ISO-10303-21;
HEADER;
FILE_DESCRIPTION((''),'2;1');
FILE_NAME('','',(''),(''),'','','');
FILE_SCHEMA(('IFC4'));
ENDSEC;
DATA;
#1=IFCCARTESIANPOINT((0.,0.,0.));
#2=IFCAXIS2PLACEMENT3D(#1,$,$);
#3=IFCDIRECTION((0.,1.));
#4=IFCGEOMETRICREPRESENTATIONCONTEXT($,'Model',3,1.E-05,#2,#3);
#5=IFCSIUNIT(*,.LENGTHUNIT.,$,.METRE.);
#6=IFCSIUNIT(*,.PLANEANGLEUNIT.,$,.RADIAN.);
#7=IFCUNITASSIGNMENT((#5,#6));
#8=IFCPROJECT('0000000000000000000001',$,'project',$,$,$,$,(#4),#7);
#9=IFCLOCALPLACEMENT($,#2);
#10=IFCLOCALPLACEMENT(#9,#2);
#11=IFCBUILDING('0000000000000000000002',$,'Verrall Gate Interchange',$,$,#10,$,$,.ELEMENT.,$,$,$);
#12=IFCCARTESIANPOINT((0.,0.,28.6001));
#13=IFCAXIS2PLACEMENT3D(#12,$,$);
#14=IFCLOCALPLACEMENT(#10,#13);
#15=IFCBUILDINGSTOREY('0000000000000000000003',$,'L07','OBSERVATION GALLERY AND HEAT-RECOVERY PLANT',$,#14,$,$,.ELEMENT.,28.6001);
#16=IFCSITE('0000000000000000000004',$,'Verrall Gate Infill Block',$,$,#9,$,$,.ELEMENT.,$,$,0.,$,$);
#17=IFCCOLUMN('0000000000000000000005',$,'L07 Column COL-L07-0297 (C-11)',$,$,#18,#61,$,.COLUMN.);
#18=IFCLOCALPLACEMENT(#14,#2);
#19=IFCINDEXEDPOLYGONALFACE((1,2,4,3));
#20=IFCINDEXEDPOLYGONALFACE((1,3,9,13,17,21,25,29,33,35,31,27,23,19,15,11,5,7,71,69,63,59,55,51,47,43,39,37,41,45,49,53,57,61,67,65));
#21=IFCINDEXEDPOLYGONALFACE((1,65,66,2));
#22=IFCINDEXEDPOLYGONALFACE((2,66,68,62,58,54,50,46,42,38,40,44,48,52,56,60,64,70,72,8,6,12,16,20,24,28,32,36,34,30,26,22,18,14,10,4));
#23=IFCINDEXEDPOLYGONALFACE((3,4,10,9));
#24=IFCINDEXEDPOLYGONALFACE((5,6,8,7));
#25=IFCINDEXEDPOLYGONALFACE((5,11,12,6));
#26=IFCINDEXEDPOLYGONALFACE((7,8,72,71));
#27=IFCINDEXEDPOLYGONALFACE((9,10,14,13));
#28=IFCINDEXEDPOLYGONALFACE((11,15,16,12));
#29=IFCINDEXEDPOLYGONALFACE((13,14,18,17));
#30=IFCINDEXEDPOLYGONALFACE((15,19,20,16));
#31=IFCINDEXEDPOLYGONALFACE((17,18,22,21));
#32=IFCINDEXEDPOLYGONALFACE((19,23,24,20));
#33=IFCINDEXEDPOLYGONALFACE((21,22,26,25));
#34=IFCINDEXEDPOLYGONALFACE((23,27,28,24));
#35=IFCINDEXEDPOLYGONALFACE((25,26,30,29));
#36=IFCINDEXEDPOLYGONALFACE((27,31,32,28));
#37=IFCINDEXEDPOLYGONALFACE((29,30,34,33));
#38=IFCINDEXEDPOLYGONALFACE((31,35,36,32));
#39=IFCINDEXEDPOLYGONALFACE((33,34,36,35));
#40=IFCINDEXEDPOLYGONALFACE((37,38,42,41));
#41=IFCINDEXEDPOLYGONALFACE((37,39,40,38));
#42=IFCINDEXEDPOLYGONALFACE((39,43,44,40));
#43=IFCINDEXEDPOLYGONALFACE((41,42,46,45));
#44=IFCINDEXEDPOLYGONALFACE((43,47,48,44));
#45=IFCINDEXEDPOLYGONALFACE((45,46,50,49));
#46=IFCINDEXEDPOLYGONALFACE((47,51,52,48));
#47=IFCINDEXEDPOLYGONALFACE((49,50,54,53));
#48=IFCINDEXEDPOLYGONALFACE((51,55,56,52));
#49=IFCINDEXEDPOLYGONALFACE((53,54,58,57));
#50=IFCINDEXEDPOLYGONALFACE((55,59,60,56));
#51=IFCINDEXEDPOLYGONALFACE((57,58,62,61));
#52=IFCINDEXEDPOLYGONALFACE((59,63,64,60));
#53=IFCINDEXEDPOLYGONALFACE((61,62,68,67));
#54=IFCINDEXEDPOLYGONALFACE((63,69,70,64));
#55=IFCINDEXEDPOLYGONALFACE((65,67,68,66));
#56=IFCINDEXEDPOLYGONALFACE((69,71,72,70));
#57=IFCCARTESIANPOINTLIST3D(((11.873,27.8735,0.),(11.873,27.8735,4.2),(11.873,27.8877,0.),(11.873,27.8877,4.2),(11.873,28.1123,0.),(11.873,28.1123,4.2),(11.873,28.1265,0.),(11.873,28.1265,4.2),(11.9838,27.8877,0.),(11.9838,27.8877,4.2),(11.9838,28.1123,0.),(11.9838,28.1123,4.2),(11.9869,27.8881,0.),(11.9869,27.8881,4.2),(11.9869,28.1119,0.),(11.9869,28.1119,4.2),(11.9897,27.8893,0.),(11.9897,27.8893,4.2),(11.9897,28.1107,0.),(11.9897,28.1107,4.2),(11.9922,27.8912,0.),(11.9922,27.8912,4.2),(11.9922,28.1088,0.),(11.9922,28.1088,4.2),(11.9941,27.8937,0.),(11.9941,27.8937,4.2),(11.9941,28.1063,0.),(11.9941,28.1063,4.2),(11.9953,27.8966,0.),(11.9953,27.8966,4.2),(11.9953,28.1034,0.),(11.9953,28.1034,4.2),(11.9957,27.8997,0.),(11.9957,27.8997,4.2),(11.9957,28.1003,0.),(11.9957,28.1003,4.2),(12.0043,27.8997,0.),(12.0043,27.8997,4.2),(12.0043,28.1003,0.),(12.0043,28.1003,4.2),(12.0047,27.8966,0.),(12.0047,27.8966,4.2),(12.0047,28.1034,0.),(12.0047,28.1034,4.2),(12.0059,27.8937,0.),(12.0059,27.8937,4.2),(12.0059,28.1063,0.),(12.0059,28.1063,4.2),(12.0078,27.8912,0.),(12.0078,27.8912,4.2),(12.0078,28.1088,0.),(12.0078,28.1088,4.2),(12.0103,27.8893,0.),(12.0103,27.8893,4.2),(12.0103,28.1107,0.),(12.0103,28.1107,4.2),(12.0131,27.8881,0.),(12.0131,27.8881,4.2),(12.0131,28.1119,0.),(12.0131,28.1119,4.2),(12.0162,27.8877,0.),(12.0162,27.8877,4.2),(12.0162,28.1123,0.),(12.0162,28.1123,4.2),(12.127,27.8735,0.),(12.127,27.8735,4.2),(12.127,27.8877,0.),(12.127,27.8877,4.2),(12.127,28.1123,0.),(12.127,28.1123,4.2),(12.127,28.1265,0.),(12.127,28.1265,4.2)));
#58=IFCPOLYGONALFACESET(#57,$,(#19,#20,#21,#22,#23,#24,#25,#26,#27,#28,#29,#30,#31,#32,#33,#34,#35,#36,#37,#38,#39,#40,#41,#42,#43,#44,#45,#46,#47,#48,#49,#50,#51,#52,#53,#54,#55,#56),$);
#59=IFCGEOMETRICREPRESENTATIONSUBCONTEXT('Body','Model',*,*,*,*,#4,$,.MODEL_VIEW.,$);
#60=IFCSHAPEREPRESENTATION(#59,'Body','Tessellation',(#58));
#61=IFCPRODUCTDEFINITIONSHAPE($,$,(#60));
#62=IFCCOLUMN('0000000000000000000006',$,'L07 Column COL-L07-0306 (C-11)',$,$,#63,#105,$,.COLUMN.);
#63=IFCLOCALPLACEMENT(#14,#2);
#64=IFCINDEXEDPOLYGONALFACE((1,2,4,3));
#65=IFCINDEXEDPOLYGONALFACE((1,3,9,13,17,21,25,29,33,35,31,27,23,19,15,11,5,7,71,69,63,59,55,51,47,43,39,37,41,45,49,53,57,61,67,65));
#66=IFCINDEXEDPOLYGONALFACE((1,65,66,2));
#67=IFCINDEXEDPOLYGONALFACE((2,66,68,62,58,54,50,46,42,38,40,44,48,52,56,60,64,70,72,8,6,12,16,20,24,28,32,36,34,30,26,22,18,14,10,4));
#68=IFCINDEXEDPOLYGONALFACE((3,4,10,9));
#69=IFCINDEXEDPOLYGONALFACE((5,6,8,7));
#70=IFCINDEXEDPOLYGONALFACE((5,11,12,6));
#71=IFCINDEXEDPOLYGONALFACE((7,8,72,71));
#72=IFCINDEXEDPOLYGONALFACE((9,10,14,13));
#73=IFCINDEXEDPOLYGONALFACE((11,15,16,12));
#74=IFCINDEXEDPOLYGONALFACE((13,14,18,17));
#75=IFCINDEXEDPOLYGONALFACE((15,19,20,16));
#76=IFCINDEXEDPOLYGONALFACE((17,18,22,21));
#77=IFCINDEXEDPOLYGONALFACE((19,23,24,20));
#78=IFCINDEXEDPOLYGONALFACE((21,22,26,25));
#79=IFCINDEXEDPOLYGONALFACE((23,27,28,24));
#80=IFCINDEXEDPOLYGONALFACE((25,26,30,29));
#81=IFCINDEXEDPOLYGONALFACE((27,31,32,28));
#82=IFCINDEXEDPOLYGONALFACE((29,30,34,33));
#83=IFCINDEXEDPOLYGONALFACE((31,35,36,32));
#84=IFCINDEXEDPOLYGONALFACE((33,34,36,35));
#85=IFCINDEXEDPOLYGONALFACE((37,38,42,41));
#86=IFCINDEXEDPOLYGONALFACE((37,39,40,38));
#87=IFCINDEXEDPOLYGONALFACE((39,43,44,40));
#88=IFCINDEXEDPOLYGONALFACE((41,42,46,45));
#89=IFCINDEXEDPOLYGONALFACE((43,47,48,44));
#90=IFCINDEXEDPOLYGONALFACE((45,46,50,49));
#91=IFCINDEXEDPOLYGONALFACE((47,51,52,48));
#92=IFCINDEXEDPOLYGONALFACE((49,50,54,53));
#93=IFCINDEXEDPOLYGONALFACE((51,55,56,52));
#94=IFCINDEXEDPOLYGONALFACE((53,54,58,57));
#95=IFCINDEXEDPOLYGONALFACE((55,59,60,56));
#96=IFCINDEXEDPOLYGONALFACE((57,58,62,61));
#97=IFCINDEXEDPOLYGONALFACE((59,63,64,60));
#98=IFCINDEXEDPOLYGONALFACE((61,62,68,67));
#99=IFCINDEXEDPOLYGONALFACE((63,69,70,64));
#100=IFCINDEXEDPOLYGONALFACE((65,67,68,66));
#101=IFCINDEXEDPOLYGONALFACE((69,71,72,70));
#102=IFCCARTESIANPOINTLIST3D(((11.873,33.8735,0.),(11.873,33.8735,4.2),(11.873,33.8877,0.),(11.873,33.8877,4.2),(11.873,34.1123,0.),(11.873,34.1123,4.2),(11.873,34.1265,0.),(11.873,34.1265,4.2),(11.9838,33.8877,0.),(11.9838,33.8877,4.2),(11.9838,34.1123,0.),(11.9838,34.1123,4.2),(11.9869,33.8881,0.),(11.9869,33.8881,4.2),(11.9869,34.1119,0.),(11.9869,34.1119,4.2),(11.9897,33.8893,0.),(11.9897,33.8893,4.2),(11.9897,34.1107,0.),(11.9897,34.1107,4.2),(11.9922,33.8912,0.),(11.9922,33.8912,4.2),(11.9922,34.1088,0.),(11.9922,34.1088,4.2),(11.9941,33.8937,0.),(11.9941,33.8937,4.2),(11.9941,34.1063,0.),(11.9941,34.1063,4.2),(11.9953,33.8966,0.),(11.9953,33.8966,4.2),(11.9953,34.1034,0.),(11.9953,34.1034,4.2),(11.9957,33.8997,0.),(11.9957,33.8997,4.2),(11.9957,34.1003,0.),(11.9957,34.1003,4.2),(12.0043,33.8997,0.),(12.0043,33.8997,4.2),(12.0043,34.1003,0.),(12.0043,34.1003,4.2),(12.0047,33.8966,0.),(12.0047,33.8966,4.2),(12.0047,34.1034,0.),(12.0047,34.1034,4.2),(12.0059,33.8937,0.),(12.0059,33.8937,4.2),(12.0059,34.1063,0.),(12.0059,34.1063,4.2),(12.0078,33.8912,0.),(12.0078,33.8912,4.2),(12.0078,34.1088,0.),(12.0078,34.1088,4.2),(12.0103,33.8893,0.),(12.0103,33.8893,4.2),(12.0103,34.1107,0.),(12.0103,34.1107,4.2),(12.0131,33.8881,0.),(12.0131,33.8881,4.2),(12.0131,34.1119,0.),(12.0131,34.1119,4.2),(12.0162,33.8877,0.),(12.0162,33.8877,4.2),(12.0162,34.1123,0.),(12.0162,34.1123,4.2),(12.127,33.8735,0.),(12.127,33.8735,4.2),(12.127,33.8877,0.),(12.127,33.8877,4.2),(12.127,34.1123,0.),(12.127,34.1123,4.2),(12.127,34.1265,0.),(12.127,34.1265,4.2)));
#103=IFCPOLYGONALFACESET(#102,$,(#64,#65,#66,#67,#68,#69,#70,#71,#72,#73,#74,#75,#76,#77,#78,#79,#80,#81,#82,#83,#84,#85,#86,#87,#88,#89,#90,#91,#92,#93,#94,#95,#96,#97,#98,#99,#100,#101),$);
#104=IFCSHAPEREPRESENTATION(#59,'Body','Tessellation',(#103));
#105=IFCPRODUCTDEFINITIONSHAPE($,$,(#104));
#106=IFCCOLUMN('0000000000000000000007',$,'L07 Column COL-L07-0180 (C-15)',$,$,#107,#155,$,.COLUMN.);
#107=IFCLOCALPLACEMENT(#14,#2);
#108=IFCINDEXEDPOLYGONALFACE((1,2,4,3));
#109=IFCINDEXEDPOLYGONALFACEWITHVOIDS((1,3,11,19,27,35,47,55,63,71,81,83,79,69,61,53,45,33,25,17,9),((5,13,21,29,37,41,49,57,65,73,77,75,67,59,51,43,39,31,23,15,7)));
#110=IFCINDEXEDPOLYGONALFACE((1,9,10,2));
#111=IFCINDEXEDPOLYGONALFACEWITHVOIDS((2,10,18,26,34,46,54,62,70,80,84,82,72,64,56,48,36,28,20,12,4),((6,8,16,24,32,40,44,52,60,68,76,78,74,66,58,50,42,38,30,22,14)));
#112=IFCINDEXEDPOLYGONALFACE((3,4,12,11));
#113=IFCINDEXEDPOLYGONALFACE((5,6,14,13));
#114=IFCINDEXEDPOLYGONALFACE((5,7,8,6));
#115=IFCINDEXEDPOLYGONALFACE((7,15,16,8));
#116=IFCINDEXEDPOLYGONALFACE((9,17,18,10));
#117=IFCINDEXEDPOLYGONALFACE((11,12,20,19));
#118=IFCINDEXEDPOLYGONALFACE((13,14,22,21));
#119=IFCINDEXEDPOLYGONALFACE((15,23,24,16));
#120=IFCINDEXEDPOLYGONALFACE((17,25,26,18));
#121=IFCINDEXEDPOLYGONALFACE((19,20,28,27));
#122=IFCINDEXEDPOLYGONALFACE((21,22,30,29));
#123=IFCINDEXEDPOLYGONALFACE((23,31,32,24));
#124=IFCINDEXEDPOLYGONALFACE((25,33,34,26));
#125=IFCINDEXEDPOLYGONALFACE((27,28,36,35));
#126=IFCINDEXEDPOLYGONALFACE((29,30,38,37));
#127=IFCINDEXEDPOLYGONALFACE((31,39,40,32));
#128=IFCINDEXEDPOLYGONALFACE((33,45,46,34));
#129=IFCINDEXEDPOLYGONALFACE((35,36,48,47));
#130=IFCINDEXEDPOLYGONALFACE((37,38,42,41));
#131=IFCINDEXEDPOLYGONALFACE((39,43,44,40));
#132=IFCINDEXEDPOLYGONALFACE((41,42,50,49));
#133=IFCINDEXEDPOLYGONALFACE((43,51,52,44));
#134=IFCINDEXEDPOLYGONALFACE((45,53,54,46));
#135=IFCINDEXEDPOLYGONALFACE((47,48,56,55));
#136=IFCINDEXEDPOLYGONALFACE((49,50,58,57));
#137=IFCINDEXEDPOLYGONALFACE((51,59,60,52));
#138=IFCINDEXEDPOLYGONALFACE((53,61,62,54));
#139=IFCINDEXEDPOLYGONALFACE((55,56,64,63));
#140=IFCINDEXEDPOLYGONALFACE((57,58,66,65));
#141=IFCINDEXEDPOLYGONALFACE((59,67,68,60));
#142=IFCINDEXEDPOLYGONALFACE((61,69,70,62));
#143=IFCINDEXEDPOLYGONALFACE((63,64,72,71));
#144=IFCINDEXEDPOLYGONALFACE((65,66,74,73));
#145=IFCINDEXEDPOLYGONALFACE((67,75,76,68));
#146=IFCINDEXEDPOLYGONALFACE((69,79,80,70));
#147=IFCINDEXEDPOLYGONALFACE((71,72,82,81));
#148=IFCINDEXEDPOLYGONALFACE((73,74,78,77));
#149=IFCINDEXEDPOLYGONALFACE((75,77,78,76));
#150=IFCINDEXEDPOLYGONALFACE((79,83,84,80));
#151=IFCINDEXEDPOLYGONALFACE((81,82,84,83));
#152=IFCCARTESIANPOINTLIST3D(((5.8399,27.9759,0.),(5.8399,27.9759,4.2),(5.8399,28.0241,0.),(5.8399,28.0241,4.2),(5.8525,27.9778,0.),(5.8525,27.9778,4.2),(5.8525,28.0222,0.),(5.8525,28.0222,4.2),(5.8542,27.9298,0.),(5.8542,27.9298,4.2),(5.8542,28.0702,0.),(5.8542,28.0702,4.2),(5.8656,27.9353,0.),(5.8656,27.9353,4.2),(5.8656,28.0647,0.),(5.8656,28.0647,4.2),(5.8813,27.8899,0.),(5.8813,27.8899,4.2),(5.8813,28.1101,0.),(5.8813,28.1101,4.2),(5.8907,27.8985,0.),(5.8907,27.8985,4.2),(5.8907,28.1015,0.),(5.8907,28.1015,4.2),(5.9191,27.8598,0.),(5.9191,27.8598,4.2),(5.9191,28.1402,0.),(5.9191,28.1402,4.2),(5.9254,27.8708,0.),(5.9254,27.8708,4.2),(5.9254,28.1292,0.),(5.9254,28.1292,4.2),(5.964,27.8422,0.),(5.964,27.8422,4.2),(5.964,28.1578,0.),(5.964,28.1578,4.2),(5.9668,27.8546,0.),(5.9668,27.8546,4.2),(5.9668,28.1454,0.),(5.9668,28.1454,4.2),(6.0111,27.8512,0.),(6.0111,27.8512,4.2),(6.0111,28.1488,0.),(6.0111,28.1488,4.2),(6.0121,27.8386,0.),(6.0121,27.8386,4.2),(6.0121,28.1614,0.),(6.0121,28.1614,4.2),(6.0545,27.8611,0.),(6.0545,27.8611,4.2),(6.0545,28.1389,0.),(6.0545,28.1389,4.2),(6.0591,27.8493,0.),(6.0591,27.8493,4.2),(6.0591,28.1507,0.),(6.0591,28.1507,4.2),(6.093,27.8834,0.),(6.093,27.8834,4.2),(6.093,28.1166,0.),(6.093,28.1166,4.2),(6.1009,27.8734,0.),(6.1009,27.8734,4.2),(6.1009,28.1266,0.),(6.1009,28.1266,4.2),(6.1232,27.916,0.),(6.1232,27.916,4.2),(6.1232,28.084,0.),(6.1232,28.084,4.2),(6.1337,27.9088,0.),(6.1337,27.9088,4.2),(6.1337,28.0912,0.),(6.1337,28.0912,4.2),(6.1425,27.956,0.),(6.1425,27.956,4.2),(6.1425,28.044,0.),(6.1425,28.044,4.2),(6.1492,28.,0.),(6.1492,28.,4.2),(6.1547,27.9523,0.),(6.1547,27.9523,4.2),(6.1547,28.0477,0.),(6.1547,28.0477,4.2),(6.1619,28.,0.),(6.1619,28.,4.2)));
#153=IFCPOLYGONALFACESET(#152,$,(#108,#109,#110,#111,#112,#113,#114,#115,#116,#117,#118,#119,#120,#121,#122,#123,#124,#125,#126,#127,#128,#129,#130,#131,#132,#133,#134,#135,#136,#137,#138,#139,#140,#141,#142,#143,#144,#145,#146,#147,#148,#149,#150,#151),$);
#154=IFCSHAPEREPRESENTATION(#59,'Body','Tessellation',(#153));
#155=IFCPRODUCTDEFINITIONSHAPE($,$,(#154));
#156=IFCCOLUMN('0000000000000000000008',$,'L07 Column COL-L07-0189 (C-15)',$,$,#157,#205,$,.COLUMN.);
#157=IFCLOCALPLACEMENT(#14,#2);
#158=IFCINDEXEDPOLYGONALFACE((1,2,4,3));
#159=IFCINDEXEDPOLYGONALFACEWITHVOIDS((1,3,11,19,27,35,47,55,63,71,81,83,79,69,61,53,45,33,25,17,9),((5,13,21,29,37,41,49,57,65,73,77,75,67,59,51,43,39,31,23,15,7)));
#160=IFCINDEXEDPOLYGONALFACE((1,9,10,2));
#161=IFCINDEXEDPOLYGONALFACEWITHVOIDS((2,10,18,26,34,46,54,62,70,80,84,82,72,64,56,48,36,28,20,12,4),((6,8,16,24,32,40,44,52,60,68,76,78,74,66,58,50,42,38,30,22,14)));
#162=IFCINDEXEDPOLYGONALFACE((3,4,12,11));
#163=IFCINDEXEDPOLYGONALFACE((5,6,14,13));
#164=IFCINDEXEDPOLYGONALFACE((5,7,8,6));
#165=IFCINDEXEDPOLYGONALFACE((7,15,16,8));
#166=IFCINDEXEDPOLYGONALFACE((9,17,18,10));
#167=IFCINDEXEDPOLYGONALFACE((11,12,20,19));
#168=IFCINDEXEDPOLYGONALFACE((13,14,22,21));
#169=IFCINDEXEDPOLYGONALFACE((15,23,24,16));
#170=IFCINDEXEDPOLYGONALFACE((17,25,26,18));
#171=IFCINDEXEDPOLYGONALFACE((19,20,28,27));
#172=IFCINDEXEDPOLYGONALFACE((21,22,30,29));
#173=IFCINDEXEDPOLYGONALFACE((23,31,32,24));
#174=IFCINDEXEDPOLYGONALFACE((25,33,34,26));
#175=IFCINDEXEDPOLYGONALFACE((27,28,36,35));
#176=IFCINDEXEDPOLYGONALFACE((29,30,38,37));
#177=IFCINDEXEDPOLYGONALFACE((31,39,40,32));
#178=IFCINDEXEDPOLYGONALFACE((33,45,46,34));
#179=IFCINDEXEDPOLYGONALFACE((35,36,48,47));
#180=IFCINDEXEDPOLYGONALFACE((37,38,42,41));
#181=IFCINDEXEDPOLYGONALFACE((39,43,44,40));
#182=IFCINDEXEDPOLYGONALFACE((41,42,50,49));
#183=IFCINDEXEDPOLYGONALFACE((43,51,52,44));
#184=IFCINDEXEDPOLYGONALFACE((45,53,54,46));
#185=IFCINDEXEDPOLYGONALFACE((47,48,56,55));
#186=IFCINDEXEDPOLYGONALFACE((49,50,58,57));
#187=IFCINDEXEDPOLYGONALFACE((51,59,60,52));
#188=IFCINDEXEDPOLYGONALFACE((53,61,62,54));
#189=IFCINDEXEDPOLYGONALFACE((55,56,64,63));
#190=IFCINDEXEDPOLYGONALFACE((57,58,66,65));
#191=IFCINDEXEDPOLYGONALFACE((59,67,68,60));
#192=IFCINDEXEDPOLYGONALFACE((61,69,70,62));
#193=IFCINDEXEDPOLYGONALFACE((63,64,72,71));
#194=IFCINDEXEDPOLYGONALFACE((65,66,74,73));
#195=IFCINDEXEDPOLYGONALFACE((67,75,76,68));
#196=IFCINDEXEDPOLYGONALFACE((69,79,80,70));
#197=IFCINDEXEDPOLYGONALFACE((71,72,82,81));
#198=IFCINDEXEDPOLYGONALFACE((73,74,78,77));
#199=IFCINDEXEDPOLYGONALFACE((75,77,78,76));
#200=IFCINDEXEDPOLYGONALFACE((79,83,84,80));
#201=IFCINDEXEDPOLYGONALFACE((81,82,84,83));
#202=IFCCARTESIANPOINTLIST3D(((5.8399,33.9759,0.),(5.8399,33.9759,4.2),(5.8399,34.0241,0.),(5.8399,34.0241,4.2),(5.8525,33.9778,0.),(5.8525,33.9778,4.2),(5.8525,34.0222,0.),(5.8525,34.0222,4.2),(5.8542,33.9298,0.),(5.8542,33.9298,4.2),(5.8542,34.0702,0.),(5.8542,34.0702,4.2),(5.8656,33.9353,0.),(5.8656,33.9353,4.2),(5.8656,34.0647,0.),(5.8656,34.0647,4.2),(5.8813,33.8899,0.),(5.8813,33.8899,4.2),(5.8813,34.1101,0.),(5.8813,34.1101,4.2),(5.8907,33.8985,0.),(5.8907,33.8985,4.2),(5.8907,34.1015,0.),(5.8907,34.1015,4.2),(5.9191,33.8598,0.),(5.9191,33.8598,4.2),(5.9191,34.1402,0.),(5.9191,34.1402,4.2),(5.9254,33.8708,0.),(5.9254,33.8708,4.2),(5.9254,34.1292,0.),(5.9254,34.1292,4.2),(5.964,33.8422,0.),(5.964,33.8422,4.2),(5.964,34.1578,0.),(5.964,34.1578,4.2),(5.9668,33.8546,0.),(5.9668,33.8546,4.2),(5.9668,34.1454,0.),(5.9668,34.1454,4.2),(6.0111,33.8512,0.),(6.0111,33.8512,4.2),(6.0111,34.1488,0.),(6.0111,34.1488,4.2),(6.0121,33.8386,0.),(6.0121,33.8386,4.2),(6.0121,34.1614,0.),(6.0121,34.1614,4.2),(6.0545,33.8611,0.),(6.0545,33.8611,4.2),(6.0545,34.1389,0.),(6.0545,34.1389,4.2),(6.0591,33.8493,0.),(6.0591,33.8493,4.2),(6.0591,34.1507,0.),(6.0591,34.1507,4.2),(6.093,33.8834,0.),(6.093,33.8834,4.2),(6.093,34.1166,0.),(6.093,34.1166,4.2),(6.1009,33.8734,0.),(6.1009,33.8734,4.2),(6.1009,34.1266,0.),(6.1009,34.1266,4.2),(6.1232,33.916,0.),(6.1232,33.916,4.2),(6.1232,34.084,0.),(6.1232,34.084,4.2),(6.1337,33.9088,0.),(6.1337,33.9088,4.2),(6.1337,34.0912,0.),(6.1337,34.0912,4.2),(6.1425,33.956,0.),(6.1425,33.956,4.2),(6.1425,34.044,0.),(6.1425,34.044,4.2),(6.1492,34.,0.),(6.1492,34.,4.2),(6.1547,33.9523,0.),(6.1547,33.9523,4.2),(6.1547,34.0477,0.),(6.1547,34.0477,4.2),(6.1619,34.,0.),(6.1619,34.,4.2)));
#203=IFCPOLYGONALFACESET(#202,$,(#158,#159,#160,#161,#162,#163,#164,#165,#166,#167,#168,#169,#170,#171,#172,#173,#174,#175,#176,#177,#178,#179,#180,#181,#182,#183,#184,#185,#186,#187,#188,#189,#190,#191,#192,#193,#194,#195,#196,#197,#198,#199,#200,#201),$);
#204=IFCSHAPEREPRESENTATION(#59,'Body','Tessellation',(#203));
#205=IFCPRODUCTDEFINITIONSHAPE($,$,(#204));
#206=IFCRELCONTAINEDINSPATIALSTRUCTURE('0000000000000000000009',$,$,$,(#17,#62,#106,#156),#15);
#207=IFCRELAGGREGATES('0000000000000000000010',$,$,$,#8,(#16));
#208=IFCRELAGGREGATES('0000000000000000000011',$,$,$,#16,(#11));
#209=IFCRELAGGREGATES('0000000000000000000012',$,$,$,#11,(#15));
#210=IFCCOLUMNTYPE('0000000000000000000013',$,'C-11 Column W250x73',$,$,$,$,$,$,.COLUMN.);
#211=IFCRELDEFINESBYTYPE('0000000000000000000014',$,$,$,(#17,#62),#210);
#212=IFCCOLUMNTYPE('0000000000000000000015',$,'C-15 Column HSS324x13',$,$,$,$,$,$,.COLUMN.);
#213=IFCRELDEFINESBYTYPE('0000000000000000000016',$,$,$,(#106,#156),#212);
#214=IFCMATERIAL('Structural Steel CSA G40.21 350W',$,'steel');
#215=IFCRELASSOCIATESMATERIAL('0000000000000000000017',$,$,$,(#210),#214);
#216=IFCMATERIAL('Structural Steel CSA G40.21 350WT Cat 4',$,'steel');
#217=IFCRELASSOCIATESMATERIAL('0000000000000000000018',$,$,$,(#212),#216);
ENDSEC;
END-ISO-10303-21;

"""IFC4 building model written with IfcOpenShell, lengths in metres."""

from ifc_helpers import new_model, si_unit, direction, frame, origin, origin_2d, place, context, subcontext, project, spatial, hollow_circle, i_section, extrude, material, material_profile, profile_set, type_object, element, save


model = new_model("IFC4")

# Units and contexts
model_context = context("Model", 3, precision=1e-05, world=origin(), true_north=direction((0.0, 1.0)))
body_context = subcontext(model_context, "Body", "Model", "MODEL_VIEW")
ifc_project = project(units=[si_unit("LENGTHUNIT", "METRE"), si_unit("PLANEANGLEUNIT", "RADIAN")], contexts=[model_context])

# Site, building, storey
site_placement = place(None, origin())
site = spatial("IfcSite", under=ifc_project, at=site_placement, Name="Verrall Gate Infill Block", CompositionType="ELEMENT", RefElevation=0.0)
building_placement = place(site_placement, origin())
building = spatial("IfcBuilding", under=site, at=building_placement, Name="Verrall Gate Interchange", CompositionType="ELEMENT")
storey_placement = place(building_placement, frame((0.0, 0.0, 28.6001)))
storey = spatial("IfcBuildingStorey", under=building, at=storey_placement, Name="L07", Description="OBSERVATION GALLERY AND HEAT-RECOVERY PLANT", CompositionType="ELEMENT", Elevation=28.6001)

# Columns
ifc_material_1 = material(Name="Structural Steel CSA G40.21 350W", Category="steel")
ifc_material_profile_1 = material_profile(ifc_material_1, i_section(OverallWidth=0.2539, OverallDepth=0.2529, WebThickness=0.0085, FlangeThickness=0.0142, FilletRadius=0.012, at=origin_2d()), Name="W250x73")
ifc_profile_set_1 = profile_set([ifc_material_profile_1], Name="Structural Steel CSA G40.21 350W")
column_type_1 = type_object("IfcColumnType", Name="C-11 Column W250x73", PredefinedType="COLUMN", material=ifc_profile_set_1)
for number, where, z_axis, x_axis, name in (
    (1, (12.0, 28.0, 0.0), (0.0, 0.0, 1.0), (1.0, 0.0, 0.0), "L07 Column COL-L07-0297 (C-11)"),
    (2, (12.0, 34.0, 0.0), (0.0, 0.0, 1.0), (1.0, 0.0, 0.0), "L07 Column COL-L07-0306 (C-11)"),
):
    element("IfcColumn", number, at=place(storey_placement, frame(where, z_axis=z_axis, x_axis=x_axis)), inside=storey, type_object=column_type_1, Name=name, PredefinedType="COLUMN", context=body_context, shape_type="SweptSolid", body=[
        extrude(i_section(OverallWidth=0.2539, OverallDepth=0.2529, WebThickness=0.0085, FlangeThickness=0.0142, FilletRadius=0.012, at=origin_2d()), origin(), (0.0, 0.0, 1.0), 4.2),
    ])
ifc_material_2 = material(Name="Structural Steel CSA G40.21 350WT Cat 4", Category="steel")
ifc_material_profile_2 = material_profile(ifc_material_2, hollow_circle(Radius=0.1619, WallThickness=0.0127, at=origin_2d()), Name="HSS324x13")
ifc_profile_set_2 = profile_set([ifc_material_profile_2], Name="Structural Steel CSA G40.21 350WT Cat 4")
column_type_2 = type_object("IfcColumnType", Name="C-15 Column HSS324x13", PredefinedType="COLUMN", material=ifc_profile_set_2)
for number, where, z_axis, x_axis, name in (
    (3, (6.0, 28.0, 0.0), (0.0, 0.0, 1.0), (1.0, 0.0, 0.0), "L07 Column COL-L07-0180 (C-15)"),
    (4, (6.0, 34.0, 0.0), (0.0, 0.0, 1.0), (1.0, 0.0, 0.0), "L07 Column COL-L07-0189 (C-15)"),
):
    element("IfcColumn", number, at=place(storey_placement, frame(where, z_axis=z_axis, x_axis=x_axis)), inside=storey, type_object=column_type_2, Name=name, PredefinedType="COLUMN", context=body_context, shape_type="SweptSolid", body=[
        extrude(hollow_circle(Radius=0.1619, WallThickness=0.0127, at=origin_2d()), origin(), (0.0, 0.0, 1.0), 4.2),
    ])

save(model, "model.ifc")
